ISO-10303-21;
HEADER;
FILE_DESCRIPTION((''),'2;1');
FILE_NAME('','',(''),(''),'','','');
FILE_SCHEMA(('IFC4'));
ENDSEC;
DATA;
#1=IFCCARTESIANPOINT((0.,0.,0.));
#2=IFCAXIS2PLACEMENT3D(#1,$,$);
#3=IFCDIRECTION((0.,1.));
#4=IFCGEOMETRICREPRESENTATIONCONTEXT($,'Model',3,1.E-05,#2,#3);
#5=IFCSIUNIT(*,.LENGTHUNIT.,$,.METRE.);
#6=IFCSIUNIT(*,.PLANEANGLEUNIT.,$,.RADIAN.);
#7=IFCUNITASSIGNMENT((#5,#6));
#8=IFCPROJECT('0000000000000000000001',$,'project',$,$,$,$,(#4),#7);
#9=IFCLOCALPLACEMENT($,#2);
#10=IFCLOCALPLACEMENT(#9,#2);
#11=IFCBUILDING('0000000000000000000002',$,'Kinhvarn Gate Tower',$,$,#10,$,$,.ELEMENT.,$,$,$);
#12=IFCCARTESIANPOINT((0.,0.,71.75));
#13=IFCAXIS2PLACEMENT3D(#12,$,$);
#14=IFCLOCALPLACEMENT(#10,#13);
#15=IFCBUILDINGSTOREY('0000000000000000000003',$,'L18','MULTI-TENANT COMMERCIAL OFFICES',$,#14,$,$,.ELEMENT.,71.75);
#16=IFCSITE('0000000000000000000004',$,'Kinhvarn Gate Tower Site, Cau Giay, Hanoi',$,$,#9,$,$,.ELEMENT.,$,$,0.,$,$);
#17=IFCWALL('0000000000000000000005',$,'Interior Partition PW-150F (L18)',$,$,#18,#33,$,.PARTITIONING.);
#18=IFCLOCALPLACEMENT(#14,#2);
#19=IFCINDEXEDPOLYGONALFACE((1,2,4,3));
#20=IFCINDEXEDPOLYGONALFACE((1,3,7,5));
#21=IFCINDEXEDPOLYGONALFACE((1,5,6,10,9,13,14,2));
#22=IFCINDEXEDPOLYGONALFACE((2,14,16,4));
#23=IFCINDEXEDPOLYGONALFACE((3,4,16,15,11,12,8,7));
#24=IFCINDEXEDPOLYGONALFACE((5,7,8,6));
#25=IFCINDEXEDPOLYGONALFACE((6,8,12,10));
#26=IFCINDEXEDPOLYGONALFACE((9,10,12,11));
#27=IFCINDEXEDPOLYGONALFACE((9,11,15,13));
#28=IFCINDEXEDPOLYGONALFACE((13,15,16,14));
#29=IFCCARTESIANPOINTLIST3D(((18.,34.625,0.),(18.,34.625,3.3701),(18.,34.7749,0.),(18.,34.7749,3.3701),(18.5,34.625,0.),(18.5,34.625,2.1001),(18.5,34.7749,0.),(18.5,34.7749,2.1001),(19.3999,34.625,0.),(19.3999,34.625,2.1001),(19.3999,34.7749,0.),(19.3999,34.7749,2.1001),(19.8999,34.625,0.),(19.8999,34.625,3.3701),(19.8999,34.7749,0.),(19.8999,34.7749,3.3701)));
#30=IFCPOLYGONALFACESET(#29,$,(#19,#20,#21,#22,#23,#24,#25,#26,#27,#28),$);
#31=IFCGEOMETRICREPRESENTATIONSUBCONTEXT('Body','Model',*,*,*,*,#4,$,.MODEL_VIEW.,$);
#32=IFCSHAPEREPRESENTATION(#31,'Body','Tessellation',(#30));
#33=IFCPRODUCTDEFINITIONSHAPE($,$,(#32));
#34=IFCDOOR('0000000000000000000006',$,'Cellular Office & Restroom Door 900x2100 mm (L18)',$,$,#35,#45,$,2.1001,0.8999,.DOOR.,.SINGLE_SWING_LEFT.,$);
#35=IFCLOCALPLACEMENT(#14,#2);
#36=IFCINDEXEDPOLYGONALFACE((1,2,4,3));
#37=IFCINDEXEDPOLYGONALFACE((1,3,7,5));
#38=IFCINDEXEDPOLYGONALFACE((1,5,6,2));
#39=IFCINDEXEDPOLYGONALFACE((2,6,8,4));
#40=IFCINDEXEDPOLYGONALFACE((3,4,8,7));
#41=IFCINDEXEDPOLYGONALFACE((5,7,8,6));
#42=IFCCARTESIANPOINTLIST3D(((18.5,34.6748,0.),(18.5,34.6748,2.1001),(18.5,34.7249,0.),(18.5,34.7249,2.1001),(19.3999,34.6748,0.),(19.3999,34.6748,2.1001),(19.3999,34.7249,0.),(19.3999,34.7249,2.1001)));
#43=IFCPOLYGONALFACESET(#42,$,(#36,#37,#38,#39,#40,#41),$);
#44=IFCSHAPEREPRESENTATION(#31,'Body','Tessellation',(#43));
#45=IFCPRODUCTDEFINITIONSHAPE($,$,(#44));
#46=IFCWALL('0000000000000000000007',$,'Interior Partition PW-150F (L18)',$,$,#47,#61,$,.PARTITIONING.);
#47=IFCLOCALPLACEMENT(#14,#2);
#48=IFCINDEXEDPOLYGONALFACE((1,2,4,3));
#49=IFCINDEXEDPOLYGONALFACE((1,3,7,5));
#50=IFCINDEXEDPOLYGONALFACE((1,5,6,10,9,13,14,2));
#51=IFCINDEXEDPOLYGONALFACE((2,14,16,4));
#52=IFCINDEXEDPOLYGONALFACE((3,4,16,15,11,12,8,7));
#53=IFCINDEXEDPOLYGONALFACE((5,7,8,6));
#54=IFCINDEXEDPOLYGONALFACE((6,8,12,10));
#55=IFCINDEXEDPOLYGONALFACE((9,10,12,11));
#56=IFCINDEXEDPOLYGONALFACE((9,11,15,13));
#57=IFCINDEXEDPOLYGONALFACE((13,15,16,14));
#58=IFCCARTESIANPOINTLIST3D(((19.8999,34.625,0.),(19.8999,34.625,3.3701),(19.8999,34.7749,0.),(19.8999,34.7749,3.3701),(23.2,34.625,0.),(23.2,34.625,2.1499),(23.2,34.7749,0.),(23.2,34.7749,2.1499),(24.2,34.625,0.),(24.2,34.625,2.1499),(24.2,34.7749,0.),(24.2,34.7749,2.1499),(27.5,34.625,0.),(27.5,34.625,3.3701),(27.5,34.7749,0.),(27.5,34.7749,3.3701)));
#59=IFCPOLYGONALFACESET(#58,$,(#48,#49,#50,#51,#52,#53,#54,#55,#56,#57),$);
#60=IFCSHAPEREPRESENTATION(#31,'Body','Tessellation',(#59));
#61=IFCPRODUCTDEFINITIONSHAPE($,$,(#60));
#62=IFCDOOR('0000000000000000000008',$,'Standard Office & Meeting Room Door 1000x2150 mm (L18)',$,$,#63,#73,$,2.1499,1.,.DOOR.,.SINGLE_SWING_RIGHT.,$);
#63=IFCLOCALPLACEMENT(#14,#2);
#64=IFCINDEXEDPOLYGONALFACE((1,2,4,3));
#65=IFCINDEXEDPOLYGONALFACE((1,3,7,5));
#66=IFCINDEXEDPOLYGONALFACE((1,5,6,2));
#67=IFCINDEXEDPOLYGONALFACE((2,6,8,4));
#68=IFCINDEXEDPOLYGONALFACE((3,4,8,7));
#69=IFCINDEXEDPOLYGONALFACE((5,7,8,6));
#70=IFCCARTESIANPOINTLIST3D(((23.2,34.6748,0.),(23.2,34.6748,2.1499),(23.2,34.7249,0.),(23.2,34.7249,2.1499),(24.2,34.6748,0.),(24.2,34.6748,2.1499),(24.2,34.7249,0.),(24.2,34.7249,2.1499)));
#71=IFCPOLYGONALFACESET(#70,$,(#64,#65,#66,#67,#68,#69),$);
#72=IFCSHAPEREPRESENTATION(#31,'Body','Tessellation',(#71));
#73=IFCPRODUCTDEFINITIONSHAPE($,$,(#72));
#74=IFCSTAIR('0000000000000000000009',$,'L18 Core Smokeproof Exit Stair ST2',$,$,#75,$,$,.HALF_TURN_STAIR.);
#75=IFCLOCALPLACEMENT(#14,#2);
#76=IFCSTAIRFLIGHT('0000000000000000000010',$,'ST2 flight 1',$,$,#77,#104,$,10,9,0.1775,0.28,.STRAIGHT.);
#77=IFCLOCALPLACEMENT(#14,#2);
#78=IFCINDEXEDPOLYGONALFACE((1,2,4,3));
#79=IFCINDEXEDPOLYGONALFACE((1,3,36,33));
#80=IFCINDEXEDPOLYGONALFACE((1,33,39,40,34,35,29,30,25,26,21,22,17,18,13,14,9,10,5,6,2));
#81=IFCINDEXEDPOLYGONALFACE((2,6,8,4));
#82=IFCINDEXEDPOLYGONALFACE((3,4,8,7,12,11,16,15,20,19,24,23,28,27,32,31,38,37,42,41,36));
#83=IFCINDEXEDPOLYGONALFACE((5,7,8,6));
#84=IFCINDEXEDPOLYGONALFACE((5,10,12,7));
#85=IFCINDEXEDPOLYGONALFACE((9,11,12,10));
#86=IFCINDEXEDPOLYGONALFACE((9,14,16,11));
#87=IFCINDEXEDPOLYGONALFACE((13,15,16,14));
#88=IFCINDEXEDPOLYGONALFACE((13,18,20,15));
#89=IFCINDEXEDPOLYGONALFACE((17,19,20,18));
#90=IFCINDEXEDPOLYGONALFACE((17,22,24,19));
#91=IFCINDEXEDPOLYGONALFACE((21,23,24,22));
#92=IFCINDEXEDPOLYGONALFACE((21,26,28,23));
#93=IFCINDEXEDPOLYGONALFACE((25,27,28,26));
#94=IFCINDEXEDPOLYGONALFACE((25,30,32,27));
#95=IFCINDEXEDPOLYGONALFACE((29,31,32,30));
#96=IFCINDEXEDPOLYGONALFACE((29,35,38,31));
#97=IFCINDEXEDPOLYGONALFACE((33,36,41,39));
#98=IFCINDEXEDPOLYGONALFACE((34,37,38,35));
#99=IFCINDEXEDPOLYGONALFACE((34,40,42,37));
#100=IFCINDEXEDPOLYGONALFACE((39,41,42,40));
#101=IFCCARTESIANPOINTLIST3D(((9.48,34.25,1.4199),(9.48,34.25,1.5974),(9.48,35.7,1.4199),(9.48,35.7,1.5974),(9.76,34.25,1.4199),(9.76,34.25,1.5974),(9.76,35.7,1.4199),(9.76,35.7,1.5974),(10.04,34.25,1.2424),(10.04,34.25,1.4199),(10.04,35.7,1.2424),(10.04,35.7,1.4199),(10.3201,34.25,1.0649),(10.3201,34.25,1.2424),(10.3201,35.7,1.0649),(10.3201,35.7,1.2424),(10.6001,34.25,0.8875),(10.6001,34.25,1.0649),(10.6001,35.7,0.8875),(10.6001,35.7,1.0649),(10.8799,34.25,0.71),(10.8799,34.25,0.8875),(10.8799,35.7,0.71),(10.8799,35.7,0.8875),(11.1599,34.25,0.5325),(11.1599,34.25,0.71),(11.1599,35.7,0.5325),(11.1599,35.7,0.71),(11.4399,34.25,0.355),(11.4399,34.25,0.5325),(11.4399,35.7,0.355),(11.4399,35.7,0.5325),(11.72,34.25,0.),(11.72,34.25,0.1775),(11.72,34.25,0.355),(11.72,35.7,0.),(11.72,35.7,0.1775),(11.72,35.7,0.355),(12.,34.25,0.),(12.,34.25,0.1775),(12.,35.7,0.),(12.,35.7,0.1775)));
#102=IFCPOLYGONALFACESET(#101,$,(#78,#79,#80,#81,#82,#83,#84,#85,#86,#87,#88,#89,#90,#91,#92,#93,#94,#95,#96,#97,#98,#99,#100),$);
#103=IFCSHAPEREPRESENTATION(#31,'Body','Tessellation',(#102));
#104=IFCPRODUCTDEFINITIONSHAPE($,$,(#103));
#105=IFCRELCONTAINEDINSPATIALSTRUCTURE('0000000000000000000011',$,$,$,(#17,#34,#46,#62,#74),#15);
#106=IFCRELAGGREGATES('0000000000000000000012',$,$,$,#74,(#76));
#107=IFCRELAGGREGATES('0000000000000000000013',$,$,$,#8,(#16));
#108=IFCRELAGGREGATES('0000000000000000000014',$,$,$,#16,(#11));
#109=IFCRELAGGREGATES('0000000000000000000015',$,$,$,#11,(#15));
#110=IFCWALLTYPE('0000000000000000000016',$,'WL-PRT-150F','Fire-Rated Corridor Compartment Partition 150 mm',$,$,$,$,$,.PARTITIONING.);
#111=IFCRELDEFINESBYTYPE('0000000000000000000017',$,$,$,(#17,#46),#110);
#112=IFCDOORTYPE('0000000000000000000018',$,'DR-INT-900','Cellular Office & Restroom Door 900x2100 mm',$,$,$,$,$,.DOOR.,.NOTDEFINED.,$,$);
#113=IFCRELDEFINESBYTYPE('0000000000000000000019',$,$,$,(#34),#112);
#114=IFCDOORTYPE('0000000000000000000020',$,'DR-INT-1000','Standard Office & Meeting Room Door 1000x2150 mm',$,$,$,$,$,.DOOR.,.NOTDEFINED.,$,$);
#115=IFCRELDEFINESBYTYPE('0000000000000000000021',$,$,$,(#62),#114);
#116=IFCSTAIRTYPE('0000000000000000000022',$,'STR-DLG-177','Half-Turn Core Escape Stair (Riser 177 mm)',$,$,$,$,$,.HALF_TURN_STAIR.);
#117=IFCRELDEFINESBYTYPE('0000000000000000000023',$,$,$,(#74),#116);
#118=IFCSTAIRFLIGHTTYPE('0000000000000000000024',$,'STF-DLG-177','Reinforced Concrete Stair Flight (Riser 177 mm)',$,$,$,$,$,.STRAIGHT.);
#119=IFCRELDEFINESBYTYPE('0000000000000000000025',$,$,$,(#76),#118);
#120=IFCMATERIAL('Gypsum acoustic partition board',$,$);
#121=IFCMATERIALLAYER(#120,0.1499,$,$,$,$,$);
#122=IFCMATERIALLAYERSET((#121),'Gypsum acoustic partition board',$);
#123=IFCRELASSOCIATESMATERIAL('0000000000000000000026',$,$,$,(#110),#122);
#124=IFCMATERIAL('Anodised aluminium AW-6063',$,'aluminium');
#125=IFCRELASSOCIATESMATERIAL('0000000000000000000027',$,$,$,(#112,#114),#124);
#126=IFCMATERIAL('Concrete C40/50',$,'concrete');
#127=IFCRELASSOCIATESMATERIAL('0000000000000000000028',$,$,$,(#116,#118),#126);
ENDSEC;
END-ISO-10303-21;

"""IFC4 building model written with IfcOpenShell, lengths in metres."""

from ifc_helpers import new_model, si_unit, direction, frame, frame_2d, origin, place, context, subcontext, project, spatial, polyline, rectangle, outline, extrude, material, layer, layer_set, type_object, element, fill, aggregate, save


model = new_model("IFC4")

# Units and contexts
model_context = context("Model", 3, precision=1e-05, world=origin(), true_north=direction((0.0, 1.0)))
body_context = subcontext(model_context, "Body", "Model", "MODEL_VIEW")
ifc_project = project(units=[si_unit("LENGTHUNIT", "METRE"), si_unit("PLANEANGLEUNIT", "RADIAN")], contexts=[model_context])

# Site, building, storey
site_placement = place(None, origin())
site = spatial("IfcSite", under=ifc_project, at=site_placement, Name="Kinhvarn Gate Tower Site, Cau Giay, Hanoi", CompositionType="ELEMENT", RefElevation=0.0)
building_placement = place(site_placement, origin())
building = spatial("IfcBuilding", under=site, at=building_placement, Name="Kinhvarn Gate Tower", CompositionType="ELEMENT")
storey_placement = place(building_placement, frame((0.0, 0.0, 71.75)))
storey = spatial("IfcBuildingStorey", under=building, at=storey_placement, Name="L18", Description="MULTI-TENANT COMMERCIAL OFFICES", CompositionType="ELEMENT", Elevation=71.75)

# Shared definitions
ifc_material_1 = material(Name="Anodised aluminium AW-6063", Category="aluminium")

# Shared definitions
ifc_material_2 = material(Name="Gypsum acoustic partition board")
ifc_layer_1 = layer(ifc_material_2, 0.1499)
ifc_layer_set_1 = layer_set([ifc_layer_1], Name="Gypsum acoustic partition board")
wall_type_1 = type_object("IfcWallType", Name="WL-PRT-150F", Description="Fire-Rated Corridor Compartment Partition 150 mm", PredefinedType="PARTITIONING", material=ifc_layer_set_1)

# Walls, openings, doors
wall_1_placement = place(storey_placement, frame((18.0, 34.7, 0.0), z_axis=(0.0, 0.0, 1.0), x_axis=(1.0, 0.0, 0.0)))
wall_1 = element("IfcWall", 1, at=wall_1_placement, inside=storey, type_object=wall_type_1, Name="Interior Partition PW-150F (L18)", PredefinedType="PARTITIONING", context=body_context, shape_type="SweptSolid", body=[
    extrude(rectangle(XDim=1.8999, YDim=0.1499, at=frame_2d((0.95, 0.0))), origin(), (0.0, 0.0, 1.0), 3.3701),
])
opening_1_placement = place(wall_1_placement, frame((0.5, 0.0, 0.0)))
opening_1 = element("IfcOpeningElement", 2, at=opening_1_placement, cuts=wall_1, PredefinedType="OPENING", context=body_context, shape_type="SweptSolid", body=[
    extrude(rectangle(XDim=0.8999, YDim=2.1001, at=frame_2d((0.45, 1.05))), frame((0.0, 0.085, 0.0), z_axis=(0.0, -1.0, 0.0), x_axis=(1.0, 0.0, 0.0)), (0.0, 0.0, 1.0), 0.1699),
])
door_type_1 = type_object("IfcDoorType", Name="DR-INT-900", Description="Cellular Office & Restroom Door 900x2100 mm", OperationType="NOTDEFINED", PredefinedType="DOOR", material=ifc_material_1)
door_1_placement = place(opening_1_placement, origin())
door_1 = element("IfcDoor", 3, at=door_1_placement, inside=storey, type_object=door_type_1, Name="Cellular Office & Restroom Door 900x2100 mm (L18)", OperationType="SINGLE_SWING_LEFT", OverallHeight=2.1001, OverallWidth=0.8999, PredefinedType="DOOR", context=body_context, shape_type="SweptSolid", body=[
    extrude(rectangle(XDim=0.8999, YDim=2.1001, at=frame_2d((0.45, 1.05))), frame((0.0, 0.0249, 0.0), z_axis=(0.0, -1.0, 0.0), x_axis=(1.0, 0.0, 0.0)), (0.0, 0.0, 1.0), 0.05),
])
fill(opening_1, door_1)
wall_2_placement = place(storey_placement, frame((19.8999, 34.7, 0.0), z_axis=(0.0, 0.0, 1.0), x_axis=(1.0, 0.0, 0.0)))
wall_2 = element("IfcWall", 4, at=wall_2_placement, inside=storey, type_object=wall_type_1, Name="Interior Partition PW-150F (L18)", PredefinedType="PARTITIONING", context=body_context, shape_type="SweptSolid", body=[
    extrude(rectangle(XDim=7.6001, YDim=0.1499, at=frame_2d((3.8, 0.0))), origin(), (0.0, 0.0, 1.0), 3.3701),
])
opening_2_placement = place(wall_2_placement, frame((3.3, 0.0, 0.0)))
opening_2 = element("IfcOpeningElement", 5, at=opening_2_placement, cuts=wall_2, PredefinedType="OPENING", context=body_context, shape_type="SweptSolid", body=[
    extrude(rectangle(XDim=1.0, YDim=2.1499, at=frame_2d((0.5, 1.075))), frame((0.0, 0.085, 0.0), z_axis=(0.0, -1.0, 0.0), x_axis=(1.0, 0.0, 0.0)), (0.0, 0.0, 1.0), 0.1699),
])
door_type_2 = type_object("IfcDoorType", Name="DR-INT-1000", Description="Standard Office & Meeting Room Door 1000x2150 mm", OperationType="NOTDEFINED", PredefinedType="DOOR", material=ifc_material_1)
door_2_placement = place(opening_2_placement, origin())
door_2 = element("IfcDoor", 6, at=door_2_placement, inside=storey, type_object=door_type_2, Name="Standard Office & Meeting Room Door 1000x2150 mm (L18)", OperationType="SINGLE_SWING_RIGHT", OverallHeight=2.1499, OverallWidth=1.0, PredefinedType="DOOR", context=body_context, shape_type="SweptSolid", body=[
    extrude(rectangle(XDim=1.0, YDim=2.1499, at=frame_2d((0.5, 1.075))), frame((0.0, 0.0249, 0.0), z_axis=(0.0, -1.0, 0.0), x_axis=(1.0, 0.0, 0.0)), (0.0, 0.0, 1.0), 0.05),
])
fill(opening_2, door_2)
ifc_material_3 = material(Name="Concrete C40/50", Category="concrete")

# Stair, stair flight
stair_type = type_object("IfcStairType", Name="STR-DLG-177", Description="Half-Turn Core Escape Stair (Riser 177 mm)", PredefinedType="HALF_TURN_STAIR", material=ifc_material_3)
stair_placement = place(storey_placement, origin())
stair = element("IfcStair", 7, at=stair_placement, inside=storey, type_object=stair_type, Name="L18 Core Smokeproof Exit Stair ST2", PredefinedType="HALF_TURN_STAIR")
stair_flight_type = type_object("IfcStairFlightType", Name="STF-DLG-177", Description="Reinforced Concrete Stair Flight (Riser 177 mm)", PredefinedType="STRAIGHT", material=ifc_material_3)
stair_flight_placement = place(storey_placement, frame((12.0, 34.9751, 0.0), z_axis=(0.0, 0.0, 1.0), x_axis=(-1.0, 0.0, 0.0)))
stair_flight = element("IfcStairFlight", 8, at=stair_flight_placement, type_object=stair_flight_type, Name="ST2 flight 1", NumberOfRisers=10, NumberOfTreads=9, PredefinedType="STRAIGHT", RiserHeight=0.1775, TreadLength=0.28, context=body_context, shape_type="SweptSolid", body=[
    extrude(outline(polyline([(0.0, 0.0), (0.0, 0.1775), (0.28, 0.1775), (0.28, 0.355), (0.5601, 0.355), (0.5601, 0.5325), (0.8401, 0.5325), (0.8401, 0.71), (1.1201, 0.71), (1.1201, 0.8875), (1.3999, 0.8875), (1.3999, 1.0649), (1.6799, 1.0649), (1.6799, 1.2424), (1.96, 1.2424), (1.96, 1.4199), (2.24, 1.4199), (2.24, 1.5974), (2.52, 1.5974), (2.52, 1.7749), (2.52, 1.4199), (0.28, 0.0), (0.0, 0.0)])), frame((0.0, 0.7251, 0.0), z_axis=(0.0, -1.0, 0.0), x_axis=(1.0, 0.0, 0.0)), (0.0, 0.0, 1.0), 1.45),
])
aggregate(stair, [stair_flight])

save(model, "model.ifc")
